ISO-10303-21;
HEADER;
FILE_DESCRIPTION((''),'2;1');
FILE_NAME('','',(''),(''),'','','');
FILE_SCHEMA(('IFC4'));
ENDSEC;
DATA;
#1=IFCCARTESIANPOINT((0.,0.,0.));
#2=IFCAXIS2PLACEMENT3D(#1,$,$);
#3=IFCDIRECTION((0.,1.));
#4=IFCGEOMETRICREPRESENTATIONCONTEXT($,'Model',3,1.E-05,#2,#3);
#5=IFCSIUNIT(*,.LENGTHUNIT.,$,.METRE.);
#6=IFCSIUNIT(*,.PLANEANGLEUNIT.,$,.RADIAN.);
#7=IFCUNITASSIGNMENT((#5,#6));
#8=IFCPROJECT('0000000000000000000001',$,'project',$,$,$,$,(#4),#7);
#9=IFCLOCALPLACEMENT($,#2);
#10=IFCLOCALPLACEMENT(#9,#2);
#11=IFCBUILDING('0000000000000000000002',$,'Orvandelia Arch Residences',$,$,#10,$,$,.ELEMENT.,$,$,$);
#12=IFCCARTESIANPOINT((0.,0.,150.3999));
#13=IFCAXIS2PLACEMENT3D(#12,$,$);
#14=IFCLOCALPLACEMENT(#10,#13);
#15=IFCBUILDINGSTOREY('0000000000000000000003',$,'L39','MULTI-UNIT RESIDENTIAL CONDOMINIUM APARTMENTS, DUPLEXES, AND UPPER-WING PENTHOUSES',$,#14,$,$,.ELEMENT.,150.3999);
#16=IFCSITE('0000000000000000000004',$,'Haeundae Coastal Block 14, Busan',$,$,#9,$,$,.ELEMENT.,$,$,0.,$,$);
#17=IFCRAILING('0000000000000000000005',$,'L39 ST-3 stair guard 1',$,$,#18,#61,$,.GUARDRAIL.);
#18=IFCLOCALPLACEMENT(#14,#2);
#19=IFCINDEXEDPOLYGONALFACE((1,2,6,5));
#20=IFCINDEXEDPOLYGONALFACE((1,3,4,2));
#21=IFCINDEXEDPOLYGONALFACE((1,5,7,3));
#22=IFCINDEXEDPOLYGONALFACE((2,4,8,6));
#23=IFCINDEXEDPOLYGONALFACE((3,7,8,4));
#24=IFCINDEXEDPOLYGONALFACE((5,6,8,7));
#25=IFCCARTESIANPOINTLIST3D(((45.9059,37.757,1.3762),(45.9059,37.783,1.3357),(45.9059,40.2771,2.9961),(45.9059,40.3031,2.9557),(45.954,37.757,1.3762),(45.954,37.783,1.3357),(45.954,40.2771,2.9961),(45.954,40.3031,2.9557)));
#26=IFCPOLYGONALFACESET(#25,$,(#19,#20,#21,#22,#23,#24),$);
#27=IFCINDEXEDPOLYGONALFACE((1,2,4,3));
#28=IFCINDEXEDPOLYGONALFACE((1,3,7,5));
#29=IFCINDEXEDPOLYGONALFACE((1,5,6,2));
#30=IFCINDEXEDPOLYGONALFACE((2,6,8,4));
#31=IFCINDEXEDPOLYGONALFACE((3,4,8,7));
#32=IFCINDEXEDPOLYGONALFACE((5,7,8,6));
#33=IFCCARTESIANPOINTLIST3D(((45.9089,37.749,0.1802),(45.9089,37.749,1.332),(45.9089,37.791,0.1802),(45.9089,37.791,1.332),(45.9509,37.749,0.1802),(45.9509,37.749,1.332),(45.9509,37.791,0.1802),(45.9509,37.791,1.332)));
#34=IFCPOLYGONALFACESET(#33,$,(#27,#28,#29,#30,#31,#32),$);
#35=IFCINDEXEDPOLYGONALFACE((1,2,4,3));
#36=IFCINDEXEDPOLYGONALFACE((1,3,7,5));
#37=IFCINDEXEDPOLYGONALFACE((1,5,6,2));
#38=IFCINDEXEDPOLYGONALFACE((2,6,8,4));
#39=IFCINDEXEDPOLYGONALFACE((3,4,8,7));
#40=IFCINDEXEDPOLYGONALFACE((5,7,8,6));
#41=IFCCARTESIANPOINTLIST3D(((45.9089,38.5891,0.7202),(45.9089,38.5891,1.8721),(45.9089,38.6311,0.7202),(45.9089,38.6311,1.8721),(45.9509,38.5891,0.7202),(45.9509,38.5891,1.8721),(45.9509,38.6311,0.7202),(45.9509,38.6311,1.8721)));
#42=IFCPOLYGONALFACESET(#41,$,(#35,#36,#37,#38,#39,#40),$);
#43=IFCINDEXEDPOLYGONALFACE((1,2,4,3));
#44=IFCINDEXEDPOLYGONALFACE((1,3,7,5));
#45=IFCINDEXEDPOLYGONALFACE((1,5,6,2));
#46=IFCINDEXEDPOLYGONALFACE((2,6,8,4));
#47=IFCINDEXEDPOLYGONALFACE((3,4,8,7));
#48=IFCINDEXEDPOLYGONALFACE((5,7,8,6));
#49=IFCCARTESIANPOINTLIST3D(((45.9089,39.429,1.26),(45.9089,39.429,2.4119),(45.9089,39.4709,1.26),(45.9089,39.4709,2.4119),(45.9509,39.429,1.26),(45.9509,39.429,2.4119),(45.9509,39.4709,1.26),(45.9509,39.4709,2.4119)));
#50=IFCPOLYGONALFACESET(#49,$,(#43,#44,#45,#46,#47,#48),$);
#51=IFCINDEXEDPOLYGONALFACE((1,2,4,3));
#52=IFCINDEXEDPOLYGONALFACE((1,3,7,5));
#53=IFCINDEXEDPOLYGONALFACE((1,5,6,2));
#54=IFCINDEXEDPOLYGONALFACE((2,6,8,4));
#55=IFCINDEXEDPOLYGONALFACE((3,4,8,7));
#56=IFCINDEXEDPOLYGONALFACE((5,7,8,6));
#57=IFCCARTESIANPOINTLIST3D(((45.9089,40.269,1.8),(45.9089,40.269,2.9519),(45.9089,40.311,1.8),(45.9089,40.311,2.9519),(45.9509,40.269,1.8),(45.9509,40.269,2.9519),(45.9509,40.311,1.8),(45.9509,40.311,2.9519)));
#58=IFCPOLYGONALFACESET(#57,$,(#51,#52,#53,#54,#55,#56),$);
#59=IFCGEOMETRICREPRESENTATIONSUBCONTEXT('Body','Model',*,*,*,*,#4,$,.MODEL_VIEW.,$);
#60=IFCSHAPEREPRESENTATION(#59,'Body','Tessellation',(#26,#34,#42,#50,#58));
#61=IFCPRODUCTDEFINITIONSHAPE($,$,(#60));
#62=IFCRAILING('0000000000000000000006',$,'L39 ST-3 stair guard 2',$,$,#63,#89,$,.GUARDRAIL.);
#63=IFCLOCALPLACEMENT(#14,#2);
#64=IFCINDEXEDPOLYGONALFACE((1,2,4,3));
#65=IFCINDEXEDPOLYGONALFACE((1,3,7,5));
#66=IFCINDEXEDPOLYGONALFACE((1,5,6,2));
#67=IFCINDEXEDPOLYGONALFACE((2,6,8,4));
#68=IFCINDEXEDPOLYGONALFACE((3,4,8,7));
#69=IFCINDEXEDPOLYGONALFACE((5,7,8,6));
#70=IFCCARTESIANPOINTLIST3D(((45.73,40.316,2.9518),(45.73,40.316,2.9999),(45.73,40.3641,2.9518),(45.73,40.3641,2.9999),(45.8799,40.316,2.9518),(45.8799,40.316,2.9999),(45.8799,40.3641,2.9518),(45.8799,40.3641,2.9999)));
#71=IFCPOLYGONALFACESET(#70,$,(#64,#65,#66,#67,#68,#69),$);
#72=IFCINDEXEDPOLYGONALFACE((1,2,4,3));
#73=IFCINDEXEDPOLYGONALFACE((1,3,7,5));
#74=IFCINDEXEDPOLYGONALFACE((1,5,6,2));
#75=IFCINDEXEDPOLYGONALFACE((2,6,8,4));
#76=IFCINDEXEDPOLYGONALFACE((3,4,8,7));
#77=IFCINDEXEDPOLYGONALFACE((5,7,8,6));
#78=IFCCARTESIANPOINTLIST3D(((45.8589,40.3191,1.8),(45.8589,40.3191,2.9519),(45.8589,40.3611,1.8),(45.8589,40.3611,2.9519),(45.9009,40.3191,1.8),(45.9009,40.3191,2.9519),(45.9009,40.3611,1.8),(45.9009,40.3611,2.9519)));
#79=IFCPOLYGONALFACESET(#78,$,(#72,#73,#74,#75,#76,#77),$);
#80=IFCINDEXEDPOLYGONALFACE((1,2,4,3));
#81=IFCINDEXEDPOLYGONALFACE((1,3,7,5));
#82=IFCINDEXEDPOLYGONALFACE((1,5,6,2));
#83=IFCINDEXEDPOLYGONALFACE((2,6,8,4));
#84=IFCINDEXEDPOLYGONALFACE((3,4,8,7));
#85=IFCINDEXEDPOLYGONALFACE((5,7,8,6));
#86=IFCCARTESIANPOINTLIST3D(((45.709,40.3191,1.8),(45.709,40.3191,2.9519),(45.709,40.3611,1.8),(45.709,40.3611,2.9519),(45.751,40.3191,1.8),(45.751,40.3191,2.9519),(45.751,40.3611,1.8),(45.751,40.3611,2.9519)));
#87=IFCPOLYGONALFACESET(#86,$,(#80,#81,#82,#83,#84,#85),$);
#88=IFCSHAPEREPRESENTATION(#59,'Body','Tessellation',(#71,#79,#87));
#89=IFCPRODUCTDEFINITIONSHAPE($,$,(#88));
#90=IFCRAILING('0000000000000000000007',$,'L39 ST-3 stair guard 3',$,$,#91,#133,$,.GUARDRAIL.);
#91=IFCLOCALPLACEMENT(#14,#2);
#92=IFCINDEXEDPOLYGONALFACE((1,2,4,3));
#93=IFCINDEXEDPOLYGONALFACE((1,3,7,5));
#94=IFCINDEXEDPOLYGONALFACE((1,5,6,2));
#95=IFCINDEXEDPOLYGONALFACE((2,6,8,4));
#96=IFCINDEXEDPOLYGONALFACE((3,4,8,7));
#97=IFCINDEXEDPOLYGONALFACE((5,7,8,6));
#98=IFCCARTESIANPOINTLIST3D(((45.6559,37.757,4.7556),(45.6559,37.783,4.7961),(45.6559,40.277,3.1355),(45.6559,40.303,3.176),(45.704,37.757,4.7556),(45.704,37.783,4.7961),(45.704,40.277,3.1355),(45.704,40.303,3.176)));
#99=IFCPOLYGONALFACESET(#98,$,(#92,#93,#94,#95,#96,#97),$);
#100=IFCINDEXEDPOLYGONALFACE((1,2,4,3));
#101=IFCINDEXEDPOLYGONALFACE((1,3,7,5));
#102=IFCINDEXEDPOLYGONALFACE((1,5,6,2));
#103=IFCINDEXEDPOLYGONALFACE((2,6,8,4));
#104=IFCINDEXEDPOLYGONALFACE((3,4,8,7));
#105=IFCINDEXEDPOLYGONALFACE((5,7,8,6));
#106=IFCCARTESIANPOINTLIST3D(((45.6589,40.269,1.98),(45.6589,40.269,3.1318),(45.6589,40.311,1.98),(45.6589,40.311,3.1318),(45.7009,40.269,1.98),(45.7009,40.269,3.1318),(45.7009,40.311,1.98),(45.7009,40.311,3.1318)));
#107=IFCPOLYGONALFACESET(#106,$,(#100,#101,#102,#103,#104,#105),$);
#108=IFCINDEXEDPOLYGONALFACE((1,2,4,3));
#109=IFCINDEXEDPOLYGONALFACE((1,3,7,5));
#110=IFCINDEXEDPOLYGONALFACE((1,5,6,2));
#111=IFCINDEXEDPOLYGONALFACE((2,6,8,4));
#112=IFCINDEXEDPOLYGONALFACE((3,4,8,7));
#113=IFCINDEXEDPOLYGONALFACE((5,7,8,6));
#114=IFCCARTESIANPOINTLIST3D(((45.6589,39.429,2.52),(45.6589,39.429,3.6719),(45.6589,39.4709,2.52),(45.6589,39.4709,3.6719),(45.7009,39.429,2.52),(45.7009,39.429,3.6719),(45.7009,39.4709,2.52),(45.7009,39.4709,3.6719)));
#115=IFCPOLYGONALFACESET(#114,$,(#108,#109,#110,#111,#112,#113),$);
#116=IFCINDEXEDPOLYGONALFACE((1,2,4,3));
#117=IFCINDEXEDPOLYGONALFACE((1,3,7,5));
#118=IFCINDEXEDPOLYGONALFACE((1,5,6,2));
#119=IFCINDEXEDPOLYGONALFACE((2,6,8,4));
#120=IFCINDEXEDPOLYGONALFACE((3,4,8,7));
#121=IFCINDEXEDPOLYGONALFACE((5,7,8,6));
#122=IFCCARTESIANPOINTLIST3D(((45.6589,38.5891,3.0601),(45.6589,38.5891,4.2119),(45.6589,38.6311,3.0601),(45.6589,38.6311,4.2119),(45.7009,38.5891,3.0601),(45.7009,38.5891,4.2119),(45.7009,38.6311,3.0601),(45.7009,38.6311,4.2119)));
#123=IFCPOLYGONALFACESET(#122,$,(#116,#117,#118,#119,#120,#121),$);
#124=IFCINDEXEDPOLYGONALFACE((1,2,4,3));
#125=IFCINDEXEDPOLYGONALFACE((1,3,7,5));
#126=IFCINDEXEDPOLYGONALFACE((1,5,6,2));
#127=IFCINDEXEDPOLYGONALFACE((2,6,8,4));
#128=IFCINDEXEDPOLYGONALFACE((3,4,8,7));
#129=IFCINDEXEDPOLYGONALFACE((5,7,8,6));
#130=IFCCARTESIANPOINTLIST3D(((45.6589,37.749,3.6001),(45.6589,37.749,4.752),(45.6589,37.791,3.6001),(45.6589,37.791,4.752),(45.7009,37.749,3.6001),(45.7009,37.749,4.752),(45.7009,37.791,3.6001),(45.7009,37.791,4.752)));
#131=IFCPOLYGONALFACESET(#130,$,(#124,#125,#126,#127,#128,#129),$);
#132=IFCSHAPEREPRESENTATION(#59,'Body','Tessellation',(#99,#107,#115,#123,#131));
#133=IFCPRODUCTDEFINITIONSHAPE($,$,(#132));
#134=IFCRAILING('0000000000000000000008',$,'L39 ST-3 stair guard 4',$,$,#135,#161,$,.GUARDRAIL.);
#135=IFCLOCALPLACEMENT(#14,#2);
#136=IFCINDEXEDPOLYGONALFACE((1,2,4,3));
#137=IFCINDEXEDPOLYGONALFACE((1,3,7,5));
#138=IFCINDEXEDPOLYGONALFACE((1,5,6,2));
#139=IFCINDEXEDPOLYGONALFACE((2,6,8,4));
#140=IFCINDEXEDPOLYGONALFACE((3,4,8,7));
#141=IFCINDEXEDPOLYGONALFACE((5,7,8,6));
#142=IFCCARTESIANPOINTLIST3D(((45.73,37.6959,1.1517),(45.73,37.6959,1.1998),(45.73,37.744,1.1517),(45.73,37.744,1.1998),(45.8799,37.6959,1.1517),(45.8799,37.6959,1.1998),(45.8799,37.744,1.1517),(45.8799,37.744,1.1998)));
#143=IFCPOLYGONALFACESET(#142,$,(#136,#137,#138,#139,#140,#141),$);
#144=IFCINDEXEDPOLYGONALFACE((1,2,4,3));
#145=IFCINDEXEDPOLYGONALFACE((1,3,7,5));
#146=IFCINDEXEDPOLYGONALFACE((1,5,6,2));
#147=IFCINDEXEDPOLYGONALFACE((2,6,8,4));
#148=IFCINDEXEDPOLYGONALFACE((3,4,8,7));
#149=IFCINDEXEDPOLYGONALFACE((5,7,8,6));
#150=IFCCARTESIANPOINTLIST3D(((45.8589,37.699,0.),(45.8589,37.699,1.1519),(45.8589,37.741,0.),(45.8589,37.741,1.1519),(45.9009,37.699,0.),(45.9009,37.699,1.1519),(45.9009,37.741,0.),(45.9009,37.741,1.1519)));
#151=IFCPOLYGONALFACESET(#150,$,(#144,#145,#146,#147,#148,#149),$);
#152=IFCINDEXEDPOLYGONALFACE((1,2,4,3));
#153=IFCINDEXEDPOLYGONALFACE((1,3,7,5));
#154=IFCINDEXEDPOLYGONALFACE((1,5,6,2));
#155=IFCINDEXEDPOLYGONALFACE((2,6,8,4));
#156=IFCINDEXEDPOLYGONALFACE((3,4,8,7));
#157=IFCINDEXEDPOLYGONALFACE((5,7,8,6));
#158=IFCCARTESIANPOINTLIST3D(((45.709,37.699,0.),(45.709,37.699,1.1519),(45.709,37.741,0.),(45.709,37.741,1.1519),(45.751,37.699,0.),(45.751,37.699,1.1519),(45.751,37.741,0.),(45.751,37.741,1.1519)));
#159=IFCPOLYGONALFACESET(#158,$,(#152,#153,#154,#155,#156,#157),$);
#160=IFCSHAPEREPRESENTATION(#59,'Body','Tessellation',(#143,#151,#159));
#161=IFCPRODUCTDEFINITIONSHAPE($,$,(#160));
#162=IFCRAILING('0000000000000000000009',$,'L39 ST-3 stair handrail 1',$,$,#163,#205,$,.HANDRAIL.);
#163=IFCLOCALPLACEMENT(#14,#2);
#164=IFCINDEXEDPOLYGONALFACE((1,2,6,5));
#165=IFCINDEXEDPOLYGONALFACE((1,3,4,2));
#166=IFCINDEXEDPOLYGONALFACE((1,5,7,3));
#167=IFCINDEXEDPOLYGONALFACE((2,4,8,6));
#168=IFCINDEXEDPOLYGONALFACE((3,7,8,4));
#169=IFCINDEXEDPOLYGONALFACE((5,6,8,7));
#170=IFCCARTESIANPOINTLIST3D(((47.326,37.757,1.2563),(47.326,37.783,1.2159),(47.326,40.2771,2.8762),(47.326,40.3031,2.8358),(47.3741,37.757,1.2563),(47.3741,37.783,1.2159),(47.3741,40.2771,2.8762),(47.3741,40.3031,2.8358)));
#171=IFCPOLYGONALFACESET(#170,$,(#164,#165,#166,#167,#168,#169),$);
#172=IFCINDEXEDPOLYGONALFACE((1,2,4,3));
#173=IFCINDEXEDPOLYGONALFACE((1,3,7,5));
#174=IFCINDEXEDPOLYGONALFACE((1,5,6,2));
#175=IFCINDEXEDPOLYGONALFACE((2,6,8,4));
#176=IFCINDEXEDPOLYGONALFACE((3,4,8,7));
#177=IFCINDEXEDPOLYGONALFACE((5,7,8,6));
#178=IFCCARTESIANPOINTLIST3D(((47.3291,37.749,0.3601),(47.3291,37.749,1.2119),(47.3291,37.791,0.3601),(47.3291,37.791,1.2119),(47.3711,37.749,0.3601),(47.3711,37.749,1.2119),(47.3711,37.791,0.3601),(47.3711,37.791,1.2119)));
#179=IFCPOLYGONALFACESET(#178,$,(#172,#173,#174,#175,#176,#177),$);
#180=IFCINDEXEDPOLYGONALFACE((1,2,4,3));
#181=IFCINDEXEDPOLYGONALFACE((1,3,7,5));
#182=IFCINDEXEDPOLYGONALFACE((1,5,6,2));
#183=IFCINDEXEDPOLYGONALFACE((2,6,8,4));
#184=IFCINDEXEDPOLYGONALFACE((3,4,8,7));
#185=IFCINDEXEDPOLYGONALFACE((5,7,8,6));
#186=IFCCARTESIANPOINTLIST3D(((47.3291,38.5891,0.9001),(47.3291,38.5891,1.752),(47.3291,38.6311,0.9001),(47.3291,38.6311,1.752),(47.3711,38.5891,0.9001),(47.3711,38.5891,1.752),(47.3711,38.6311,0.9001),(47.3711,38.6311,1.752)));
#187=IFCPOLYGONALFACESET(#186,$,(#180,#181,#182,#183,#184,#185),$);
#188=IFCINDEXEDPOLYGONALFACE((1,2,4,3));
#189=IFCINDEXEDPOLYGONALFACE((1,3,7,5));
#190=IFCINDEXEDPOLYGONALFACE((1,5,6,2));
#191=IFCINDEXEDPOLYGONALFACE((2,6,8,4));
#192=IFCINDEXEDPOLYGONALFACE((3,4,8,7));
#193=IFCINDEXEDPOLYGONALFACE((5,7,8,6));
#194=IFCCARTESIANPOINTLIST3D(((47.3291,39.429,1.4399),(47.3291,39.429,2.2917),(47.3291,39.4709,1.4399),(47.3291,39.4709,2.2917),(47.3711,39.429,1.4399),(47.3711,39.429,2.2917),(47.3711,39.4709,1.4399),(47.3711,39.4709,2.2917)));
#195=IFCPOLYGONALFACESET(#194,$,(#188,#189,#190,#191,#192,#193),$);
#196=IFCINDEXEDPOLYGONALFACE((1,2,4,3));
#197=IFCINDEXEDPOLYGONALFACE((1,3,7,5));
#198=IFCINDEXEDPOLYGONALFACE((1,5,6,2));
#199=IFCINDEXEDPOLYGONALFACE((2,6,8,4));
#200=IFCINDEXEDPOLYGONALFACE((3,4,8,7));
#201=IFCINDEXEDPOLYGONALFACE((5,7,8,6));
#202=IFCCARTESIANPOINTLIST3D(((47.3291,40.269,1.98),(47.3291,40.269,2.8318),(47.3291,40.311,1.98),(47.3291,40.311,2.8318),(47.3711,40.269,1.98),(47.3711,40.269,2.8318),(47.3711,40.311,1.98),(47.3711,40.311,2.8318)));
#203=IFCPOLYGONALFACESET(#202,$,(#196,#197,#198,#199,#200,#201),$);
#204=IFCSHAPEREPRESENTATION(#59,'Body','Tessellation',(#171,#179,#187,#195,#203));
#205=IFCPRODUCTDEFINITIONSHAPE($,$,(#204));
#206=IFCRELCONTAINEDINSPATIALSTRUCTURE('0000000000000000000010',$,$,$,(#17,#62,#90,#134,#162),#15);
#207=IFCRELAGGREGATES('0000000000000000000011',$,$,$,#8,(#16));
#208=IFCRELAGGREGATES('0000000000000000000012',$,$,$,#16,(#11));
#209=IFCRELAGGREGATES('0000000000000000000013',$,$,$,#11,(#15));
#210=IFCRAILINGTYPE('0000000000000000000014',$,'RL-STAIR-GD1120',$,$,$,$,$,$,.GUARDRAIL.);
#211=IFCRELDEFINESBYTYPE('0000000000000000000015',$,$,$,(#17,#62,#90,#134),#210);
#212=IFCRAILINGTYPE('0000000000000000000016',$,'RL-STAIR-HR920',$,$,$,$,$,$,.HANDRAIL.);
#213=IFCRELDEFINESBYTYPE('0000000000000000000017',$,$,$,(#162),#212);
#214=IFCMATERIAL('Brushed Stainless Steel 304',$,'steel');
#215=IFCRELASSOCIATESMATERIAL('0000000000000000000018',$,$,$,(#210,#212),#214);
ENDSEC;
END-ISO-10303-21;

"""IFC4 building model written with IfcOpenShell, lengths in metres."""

from ifc_helpers import new_model, si_unit, direction, frame, origin, origin_2d, place, context, subcontext, project, spatial, rectangle, extrude, material, type_object, element, save


model = new_model("IFC4")

# Units and contexts
model_context = context("Model", 3, precision=1e-05, world=origin(), true_north=direction((0.0, 1.0)))
body_context = subcontext(model_context, "Body", "Model", "MODEL_VIEW")
ifc_project = project(units=[si_unit("LENGTHUNIT", "METRE"), si_unit("PLANEANGLEUNIT", "RADIAN")], contexts=[model_context])

# Site, building, storey
site_placement = place(None, origin())
site = spatial("IfcSite", under=ifc_project, at=site_placement, Name="Haeundae Coastal Block 14, Busan", CompositionType="ELEMENT", RefElevation=0.0)
building_placement = place(site_placement, origin())
building = spatial("IfcBuilding", under=site, at=building_placement, Name="Orvandelia Arch Residences", CompositionType="ELEMENT")
storey_placement = place(building_placement, frame((0.0, 0.0, 150.3999)))
storey = spatial("IfcBuildingStorey", under=building, at=storey_placement, Name="L39", Description="MULTI-UNIT RESIDENTIAL CONDOMINIUM APARTMENTS, DUPLEXES, AND UPPER-WING PENTHOUSES", CompositionType="ELEMENT", Elevation=150.3999)

# Railings
ifc_material_1 = material(Name="Brushed Stainless Steel 304", Category="steel")
railing_type_1 = type_object("IfcRailingType", Name="RL-STAIR-GD1120", PredefinedType="GUARDRAIL", material=ifc_material_1)
railing_1_placement = place(storey_placement, frame((45.9299, 37.77, 0.1802)))
element("IfcRailing", 1, at=railing_1_placement, inside=storey, type_object=railing_type_1, Name="L39 ST-3 stair guard 1", PredefinedType="GUARDRAIL", context=body_context, shape_type="SweptSolid", body=[
    extrude(rectangle(XDim=0.0481, YDim=0.0481, at=origin_2d()), frame((0.0, 0.0, 1.1758), z_axis=(0.0, 0.8412, 0.540725), x_axis=(-1.0, 0.0, 0.0)), (0.0, 0.0, 1.0), 2.9958),
    extrude(rectangle(XDim=0.042, YDim=0.042, at=origin_2d()), origin(), (0.0, 0.0, 1.0), 1.1519),
    extrude(rectangle(XDim=0.042, YDim=0.042, at=origin_2d()), frame((0.0, 0.8401, 0.54)), (0.0, 0.0, 1.0), 1.1519),
    extrude(rectangle(XDim=0.042, YDim=0.042, at=origin_2d()), frame((0.0, 1.6799, 1.0798)), (0.0, 0.0, 1.0), 1.1519),
    extrude(rectangle(XDim=0.042, YDim=0.042, at=origin_2d()), frame((0.0, 2.52, 1.6199)), (0.0, 0.0, 1.0), 1.1519),
])
railing_2_placement = place(storey_placement, frame((45.8799, 40.3401, 1.8)))
element("IfcRailing", 2, at=railing_2_placement, inside=storey, type_object=railing_type_1, Name="L39 ST-3 stair guard 2", PredefinedType="GUARDRAIL", context=body_context, shape_type="SweptSolid", body=[
    extrude(rectangle(XDim=0.0481, YDim=0.0481, at=origin_2d()), frame((0.0, 0.0, 1.1758), z_axis=(-1.0, 0.0, 0.0), x_axis=(0.0, -1.0, 0.0)), (0.0, 0.0, 1.0), 0.1499),
    extrude(rectangle(XDim=0.042, YDim=0.042, at=origin_2d()), origin(), (0.0, 0.0, 1.0), 1.1519),
    extrude(rectangle(XDim=0.042, YDim=0.042, at=origin_2d()), frame((-0.1499, 0.0, 0.0)), (0.0, 0.0, 1.0), 1.1519),
])
railing_3_placement = place(storey_placement, frame((45.6799, 40.29, 1.98)))
element("IfcRailing", 3, at=railing_3_placement, inside=storey, type_object=railing_type_1, Name="L39 ST-3 stair guard 3", PredefinedType="GUARDRAIL", context=body_context, shape_type="SweptSolid", body=[
    extrude(rectangle(XDim=0.0481, YDim=0.0481, at=origin_2d()), frame((0.0, 0.0, 1.1758), z_axis=(0.0, -0.841163, 0.540782), x_axis=(1.0, 0.0, 0.0)), (0.0, 0.0, 1.0), 2.9958),
    extrude(rectangle(XDim=0.042, YDim=0.042, at=origin_2d()), origin(), (0.0, 0.0, 1.0), 1.1519),
    extrude(rectangle(XDim=0.042, YDim=0.042, at=origin_2d()), frame((0.0, -0.8401, 0.54)), (0.0, 0.0, 1.0), 1.1519),
    extrude(rectangle(XDim=0.042, YDim=0.042, at=origin_2d()), frame((0.0, -1.6799, 1.0801)), (0.0, 0.0, 1.0), 1.1519),
    extrude(rectangle(XDim=0.042, YDim=0.042, at=origin_2d()), frame((0.0, -2.52, 1.6201)), (0.0, 0.0, 1.0), 1.1519),
])
railing_4_placement = place(storey_placement, frame((45.8799, 37.72, 0.0)))
element("IfcRailing", 4, at=railing_4_placement, inside=storey, type_object=railing_type_1, Name="L39 ST-3 stair guard 4", PredefinedType="GUARDRAIL", context=body_context, shape_type="SweptSolid", body=[
    extrude(rectangle(XDim=0.0481, YDim=0.0481, at=origin_2d()), frame((0.0, 0.0, 1.1758), z_axis=(-1.0, 0.0, 0.0), x_axis=(0.0, -1.0, 0.0)), (0.0, 0.0, 1.0), 0.1499),
    extrude(rectangle(XDim=0.042, YDim=0.042, at=origin_2d()), origin(), (0.0, 0.0, 1.0), 1.1519),
    extrude(rectangle(XDim=0.042, YDim=0.042, at=origin_2d()), frame((-0.1499, 0.0, 0.0)), (0.0, 0.0, 1.0), 1.1519),
])
railing_type_2 = type_object("IfcRailingType", Name="RL-STAIR-HR920", PredefinedType="HANDRAIL", material=ifc_material_1)
railing_5_placement = place(storey_placement, frame((47.3501, 37.77, 0.3601)))
element("IfcRailing", 5, at=railing_5_placement, inside=storey, type_object=railing_type_2, Name="L39 ST-3 stair handrail 1", PredefinedType="HANDRAIL", context=body_context, shape_type="SweptSolid", body=[
    extrude(rectangle(XDim=0.0481, YDim=0.0481, at=origin_2d()), frame((0.0, 0.0, 0.876), z_axis=(0.0, 0.8412, 0.540725), x_axis=(-1.0, 0.0, 0.0)), (0.0, 0.0, 1.0), 2.9958),
    extrude(rectangle(XDim=0.042, YDim=0.042, at=origin_2d()), origin(), (0.0, 0.0, 1.0), 0.8518),
    extrude(rectangle(XDim=0.042, YDim=0.042, at=origin_2d()), frame((0.0, 0.8401, 0.54)), (0.0, 0.0, 1.0), 0.8518),
    extrude(rectangle(XDim=0.042, YDim=0.042, at=origin_2d()), frame((0.0, 1.6799, 1.0798)), (0.0, 0.0, 1.0), 0.8518),
    extrude(rectangle(XDim=0.042, YDim=0.042, at=origin_2d()), frame((0.0, 2.52, 1.6199)), (0.0, 0.0, 1.0), 0.8518),
])

save(model, "model.ifc")
